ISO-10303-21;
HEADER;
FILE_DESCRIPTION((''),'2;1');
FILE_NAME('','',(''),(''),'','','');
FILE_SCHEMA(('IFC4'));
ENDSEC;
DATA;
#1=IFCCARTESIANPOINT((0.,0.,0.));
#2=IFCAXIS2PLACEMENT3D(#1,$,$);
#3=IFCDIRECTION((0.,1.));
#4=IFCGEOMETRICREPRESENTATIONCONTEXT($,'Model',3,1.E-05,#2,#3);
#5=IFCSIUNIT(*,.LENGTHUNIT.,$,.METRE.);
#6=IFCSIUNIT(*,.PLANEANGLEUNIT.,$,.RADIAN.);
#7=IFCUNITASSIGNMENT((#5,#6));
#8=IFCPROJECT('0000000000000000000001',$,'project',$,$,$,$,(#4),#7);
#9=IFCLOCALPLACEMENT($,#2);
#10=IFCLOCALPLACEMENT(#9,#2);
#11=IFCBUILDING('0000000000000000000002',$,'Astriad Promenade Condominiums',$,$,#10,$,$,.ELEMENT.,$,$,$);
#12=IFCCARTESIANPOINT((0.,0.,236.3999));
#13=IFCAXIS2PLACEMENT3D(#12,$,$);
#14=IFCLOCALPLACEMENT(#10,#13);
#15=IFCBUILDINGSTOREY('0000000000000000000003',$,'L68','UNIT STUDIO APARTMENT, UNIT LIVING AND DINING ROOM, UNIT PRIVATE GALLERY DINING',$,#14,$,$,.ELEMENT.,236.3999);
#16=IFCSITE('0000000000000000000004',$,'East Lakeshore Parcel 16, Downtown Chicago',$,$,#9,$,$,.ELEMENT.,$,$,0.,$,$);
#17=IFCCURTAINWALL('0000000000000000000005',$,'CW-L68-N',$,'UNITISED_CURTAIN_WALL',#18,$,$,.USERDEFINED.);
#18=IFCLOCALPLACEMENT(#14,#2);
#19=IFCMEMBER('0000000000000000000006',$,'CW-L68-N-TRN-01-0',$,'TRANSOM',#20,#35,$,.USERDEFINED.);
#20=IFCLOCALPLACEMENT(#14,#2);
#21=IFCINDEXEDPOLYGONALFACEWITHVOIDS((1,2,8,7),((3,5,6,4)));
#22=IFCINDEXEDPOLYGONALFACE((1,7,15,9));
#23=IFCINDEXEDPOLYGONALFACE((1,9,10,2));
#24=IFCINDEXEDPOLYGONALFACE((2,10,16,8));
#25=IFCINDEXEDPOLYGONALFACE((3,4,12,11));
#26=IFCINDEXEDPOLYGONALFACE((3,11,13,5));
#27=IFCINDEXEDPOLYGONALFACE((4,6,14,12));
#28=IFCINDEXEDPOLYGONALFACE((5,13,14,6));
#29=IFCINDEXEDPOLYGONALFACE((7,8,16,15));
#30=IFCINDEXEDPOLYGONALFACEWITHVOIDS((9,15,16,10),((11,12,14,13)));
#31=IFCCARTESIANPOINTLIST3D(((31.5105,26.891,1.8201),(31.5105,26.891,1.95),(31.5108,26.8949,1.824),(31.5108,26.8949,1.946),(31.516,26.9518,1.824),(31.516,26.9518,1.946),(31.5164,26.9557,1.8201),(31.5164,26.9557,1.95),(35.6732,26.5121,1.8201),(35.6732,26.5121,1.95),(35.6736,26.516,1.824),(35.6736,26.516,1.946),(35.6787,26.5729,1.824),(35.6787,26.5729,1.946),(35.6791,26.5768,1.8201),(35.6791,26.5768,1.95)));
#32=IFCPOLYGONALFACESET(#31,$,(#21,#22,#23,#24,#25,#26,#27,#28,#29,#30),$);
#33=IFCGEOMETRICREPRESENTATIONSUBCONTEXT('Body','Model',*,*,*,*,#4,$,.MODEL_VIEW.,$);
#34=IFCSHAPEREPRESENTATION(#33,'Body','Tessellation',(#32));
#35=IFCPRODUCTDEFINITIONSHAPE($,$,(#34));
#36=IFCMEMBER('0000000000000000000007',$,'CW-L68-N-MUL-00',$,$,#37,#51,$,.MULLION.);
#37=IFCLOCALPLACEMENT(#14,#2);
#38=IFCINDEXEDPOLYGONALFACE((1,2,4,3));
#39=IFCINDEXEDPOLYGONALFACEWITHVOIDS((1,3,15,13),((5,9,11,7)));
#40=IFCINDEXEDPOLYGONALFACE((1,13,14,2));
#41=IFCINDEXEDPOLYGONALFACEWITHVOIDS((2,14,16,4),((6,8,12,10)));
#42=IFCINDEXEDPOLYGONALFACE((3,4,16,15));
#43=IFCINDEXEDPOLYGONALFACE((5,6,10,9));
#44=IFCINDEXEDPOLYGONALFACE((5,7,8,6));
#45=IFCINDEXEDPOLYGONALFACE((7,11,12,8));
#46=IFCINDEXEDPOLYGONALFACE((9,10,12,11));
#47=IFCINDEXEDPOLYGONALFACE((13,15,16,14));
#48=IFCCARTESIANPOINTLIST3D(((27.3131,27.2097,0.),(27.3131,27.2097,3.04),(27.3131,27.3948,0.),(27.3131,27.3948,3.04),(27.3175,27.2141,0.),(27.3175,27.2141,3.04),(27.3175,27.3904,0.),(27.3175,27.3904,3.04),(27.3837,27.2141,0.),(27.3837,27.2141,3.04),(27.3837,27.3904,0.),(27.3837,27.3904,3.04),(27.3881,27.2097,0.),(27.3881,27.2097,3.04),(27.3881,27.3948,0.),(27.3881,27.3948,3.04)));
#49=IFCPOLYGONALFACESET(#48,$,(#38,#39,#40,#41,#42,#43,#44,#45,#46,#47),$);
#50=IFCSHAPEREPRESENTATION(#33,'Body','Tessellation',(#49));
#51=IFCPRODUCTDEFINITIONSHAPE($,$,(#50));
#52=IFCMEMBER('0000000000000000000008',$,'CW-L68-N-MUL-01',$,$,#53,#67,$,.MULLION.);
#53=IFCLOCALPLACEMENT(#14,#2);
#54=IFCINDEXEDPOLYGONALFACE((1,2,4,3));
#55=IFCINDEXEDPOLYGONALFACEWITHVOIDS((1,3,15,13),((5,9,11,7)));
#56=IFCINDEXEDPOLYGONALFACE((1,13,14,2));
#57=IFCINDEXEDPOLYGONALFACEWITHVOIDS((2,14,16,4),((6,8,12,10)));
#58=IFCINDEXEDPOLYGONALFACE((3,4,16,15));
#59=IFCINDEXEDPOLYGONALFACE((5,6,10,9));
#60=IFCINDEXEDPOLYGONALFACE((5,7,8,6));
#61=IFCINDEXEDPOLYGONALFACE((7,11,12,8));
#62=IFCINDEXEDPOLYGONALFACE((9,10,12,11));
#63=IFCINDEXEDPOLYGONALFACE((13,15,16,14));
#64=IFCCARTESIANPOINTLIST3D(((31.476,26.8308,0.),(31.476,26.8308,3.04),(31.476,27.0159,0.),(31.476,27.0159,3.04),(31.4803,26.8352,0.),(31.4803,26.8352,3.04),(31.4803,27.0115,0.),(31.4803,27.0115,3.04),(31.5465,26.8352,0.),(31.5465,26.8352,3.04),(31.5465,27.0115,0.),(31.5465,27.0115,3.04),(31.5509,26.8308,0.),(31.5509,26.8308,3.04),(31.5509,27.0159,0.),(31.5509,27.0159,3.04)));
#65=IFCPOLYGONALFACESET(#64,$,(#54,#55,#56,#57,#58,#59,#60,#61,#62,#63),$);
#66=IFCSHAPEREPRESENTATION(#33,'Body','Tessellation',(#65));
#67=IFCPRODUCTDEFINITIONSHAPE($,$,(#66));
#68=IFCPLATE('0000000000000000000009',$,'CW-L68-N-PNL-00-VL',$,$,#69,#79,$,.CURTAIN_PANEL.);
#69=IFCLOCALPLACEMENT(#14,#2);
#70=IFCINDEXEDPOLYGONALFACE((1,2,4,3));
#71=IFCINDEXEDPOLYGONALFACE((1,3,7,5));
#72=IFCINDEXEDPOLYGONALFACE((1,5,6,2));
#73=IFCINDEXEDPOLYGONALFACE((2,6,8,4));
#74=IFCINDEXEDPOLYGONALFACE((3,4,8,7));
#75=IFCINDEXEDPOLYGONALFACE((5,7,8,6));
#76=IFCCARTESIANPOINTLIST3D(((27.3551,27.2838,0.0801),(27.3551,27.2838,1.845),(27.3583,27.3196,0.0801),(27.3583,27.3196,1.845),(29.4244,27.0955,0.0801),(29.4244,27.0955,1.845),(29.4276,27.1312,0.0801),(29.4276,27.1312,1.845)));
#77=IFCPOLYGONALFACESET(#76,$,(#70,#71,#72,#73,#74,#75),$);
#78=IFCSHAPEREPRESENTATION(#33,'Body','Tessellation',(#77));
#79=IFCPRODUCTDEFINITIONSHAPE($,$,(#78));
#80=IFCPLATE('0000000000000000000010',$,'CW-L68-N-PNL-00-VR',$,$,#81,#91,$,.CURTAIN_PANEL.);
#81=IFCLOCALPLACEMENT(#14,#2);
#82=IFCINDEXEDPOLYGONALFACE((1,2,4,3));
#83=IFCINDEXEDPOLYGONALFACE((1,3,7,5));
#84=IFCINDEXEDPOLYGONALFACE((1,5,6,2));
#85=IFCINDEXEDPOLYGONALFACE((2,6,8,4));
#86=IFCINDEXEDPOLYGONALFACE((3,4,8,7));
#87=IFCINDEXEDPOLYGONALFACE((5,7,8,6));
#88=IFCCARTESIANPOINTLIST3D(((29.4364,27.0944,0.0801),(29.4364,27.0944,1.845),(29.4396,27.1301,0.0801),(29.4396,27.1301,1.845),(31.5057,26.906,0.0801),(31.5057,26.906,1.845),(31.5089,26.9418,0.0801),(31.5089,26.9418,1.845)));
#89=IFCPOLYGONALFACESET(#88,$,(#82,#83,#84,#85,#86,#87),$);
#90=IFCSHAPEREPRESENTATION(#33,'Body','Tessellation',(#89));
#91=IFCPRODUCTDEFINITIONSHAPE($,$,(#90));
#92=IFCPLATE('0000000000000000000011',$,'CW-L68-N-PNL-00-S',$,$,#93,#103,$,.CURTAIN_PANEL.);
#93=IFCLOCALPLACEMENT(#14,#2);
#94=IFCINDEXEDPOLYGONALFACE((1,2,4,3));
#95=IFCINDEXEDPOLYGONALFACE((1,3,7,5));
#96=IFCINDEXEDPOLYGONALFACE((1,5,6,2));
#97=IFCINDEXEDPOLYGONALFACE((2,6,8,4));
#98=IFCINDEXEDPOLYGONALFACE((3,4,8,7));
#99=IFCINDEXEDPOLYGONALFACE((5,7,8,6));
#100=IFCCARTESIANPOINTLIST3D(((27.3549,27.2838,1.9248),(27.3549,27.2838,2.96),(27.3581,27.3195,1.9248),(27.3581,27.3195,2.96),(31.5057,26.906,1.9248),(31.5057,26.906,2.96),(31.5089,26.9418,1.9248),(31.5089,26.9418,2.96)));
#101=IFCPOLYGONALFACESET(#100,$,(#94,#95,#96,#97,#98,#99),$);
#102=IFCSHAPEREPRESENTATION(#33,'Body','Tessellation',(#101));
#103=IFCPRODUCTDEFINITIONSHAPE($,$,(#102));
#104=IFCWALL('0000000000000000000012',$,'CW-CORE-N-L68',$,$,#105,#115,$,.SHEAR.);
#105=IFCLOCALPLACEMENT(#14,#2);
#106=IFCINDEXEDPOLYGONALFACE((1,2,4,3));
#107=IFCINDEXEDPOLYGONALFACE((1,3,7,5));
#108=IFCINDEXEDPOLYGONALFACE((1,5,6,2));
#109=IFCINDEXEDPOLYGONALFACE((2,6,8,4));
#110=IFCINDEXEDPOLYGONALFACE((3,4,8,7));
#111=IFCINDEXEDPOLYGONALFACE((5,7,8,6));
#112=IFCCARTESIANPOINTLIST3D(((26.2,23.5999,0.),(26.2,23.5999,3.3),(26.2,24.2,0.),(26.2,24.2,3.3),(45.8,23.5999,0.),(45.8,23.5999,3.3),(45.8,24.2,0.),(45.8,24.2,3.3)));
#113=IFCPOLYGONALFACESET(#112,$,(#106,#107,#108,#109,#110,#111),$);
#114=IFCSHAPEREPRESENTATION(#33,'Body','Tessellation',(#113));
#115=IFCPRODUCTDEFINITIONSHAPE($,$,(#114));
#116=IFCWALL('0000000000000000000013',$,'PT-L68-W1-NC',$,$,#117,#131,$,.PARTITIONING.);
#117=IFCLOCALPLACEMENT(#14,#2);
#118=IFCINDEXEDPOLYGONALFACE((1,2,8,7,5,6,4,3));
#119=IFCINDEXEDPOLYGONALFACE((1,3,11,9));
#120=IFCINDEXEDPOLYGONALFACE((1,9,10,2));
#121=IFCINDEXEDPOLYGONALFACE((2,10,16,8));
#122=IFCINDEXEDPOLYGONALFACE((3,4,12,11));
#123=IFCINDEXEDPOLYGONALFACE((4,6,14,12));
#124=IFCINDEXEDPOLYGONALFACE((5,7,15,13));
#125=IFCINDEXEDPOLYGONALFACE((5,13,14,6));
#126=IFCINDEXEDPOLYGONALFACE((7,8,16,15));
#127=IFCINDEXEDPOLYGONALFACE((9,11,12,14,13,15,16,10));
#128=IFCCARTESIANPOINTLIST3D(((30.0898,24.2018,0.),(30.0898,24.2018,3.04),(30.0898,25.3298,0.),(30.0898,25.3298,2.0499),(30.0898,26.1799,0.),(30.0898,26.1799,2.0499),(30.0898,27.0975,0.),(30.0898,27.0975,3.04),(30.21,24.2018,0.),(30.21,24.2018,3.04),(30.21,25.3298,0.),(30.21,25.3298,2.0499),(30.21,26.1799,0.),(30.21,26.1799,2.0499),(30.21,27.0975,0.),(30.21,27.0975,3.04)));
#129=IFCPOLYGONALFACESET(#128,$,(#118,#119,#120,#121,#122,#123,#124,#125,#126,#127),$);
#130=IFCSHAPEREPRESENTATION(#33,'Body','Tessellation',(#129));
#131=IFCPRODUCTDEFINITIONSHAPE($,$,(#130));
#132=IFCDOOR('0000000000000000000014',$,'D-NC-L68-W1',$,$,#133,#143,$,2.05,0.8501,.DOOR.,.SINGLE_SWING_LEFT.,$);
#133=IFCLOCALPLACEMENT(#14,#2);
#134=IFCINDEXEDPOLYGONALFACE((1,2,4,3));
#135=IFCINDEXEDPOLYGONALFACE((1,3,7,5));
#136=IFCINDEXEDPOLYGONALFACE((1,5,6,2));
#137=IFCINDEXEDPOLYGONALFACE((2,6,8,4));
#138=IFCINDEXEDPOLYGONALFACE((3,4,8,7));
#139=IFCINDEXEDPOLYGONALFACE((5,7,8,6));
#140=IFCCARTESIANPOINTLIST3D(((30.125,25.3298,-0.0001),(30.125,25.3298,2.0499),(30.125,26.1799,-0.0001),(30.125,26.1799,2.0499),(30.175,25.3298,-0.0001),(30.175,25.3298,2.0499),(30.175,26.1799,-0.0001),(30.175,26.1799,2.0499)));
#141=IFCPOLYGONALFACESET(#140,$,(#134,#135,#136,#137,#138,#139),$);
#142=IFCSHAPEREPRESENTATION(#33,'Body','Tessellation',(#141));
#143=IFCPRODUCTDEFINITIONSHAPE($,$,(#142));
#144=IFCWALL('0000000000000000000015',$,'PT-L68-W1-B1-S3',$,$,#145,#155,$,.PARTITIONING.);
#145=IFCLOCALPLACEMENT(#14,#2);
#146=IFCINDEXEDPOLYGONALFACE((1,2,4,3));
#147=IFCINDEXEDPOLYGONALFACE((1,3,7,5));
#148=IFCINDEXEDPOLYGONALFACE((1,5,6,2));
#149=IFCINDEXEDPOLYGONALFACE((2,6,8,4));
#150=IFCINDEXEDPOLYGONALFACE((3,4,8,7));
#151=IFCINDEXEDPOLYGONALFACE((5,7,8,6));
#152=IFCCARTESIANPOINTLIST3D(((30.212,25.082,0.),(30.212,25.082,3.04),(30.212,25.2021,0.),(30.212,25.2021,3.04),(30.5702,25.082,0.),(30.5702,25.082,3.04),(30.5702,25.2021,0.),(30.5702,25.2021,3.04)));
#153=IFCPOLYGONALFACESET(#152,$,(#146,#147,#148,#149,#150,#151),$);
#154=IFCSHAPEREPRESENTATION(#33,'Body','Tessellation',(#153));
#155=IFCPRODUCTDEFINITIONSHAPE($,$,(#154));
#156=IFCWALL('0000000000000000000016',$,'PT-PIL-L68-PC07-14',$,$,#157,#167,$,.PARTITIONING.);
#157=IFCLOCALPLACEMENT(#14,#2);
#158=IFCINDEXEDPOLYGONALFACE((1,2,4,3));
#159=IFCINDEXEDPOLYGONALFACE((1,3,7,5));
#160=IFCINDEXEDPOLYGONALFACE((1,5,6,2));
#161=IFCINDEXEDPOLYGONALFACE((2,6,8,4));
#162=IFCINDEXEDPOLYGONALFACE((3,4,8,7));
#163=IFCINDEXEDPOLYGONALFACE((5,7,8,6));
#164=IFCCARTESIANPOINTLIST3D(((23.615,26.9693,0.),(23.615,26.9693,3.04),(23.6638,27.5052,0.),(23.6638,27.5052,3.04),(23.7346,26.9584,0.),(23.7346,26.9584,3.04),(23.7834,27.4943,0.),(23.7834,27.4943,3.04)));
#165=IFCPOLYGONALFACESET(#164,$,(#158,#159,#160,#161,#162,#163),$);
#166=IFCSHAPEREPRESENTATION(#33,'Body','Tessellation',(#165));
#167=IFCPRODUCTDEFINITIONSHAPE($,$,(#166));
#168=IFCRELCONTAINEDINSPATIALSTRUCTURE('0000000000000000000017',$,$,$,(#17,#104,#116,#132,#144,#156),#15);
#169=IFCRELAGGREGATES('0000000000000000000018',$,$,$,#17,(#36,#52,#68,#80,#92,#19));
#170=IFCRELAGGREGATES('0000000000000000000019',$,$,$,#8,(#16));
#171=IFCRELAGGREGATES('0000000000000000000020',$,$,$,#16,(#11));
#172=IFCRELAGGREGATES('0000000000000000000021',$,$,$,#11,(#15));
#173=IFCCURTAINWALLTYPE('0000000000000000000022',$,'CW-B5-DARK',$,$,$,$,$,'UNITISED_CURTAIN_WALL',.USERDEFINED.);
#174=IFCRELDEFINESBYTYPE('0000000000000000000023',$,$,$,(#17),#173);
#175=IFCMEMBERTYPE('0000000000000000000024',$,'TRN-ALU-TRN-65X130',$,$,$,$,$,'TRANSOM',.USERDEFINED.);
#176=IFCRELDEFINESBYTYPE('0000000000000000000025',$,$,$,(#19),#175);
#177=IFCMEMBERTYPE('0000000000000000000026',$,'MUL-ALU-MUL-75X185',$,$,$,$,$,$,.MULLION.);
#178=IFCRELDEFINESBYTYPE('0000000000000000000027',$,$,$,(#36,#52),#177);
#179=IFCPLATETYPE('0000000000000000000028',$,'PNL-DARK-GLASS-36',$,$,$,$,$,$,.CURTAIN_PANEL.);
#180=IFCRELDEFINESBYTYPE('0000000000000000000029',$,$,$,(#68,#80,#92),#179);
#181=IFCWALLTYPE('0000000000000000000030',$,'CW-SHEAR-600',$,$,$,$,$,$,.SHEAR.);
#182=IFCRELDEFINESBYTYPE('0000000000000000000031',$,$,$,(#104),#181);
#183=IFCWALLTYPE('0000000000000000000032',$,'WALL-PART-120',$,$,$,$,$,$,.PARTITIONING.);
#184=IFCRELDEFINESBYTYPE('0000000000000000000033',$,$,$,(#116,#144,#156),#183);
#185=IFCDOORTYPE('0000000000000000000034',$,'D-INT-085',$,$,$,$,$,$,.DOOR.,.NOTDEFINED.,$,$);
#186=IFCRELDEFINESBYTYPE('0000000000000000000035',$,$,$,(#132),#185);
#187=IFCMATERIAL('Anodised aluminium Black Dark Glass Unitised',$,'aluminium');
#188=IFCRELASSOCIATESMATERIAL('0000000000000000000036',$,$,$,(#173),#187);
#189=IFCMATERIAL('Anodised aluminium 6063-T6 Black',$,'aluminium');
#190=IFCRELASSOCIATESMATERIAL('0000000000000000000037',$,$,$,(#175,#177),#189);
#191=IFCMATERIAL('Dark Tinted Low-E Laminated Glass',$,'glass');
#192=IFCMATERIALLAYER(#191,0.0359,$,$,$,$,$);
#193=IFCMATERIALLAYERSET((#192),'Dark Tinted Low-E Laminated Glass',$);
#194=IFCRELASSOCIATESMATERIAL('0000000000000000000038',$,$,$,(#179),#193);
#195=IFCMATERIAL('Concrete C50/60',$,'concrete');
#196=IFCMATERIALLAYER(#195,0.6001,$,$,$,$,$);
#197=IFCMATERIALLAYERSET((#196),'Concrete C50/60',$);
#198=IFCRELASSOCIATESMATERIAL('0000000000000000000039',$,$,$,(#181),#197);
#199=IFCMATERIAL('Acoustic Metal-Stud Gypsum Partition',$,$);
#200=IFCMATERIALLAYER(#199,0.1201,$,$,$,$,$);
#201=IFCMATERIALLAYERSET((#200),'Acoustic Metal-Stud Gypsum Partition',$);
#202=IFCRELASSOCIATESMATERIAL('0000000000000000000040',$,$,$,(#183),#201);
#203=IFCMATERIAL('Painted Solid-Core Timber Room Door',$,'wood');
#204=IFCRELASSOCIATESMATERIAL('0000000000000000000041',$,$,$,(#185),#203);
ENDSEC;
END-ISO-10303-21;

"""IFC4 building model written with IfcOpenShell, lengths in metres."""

from ifc_helpers import new_model, si_unit, direction, frame, frame_2d, origin, origin_2d, place, context, subcontext, project, spatial, rectangle, hollow_rectangle, extrude, source, transform, mapped, material, layer, layer_set, material_profile, profile_set, type_object, type_shapes, element, fill, aggregate, save


model = new_model("IFC4")

# Units and contexts
model_context = context("Model", 3, precision=1e-05, world=origin(), true_north=direction((0.0, 1.0)))
body_context = subcontext(model_context, "Body", "Model", "MODEL_VIEW")
ifc_project = project(units=[si_unit("LENGTHUNIT", "METRE"), si_unit("PLANEANGLEUNIT", "RADIAN")], contexts=[model_context])

# Site, building, storey
site_placement = place(None, origin())
site = spatial("IfcSite", under=ifc_project, at=site_placement, Name="East Lakeshore Parcel 16, Downtown Chicago", CompositionType="ELEMENT", RefElevation=0.0)
building_placement = place(site_placement, origin())
building = spatial("IfcBuilding", under=site, at=building_placement, Name="Astriad Promenade Condominiums", CompositionType="ELEMENT")
storey_placement = place(building_placement, frame((0.0, 0.0, 236.3999)))
storey = spatial("IfcBuildingStorey", under=building, at=storey_placement, Name="L68", Description="UNIT STUDIO APARTMENT, UNIT LIVING AND DINING ROOM, UNIT PRIVATE GALLERY DINING", CompositionType="ELEMENT", Elevation=236.3999)

# Shared definitions
ifc_material_1 = material(Name="Concrete C50/60", Category="concrete")

# Curtain wall, members, plates
ifc_material_2 = material(Name="Anodised aluminium Black Dark Glass Unitised", Category="aluminium")
curtain_wall_type = type_object("IfcCurtainWallType", Name="CW-B5-DARK", ElementType="UNITISED_CURTAIN_WALL", PredefinedType="USERDEFINED", material=ifc_material_2)
curtain_wall_placement = place(storey_placement, origin())
curtain_wall = element("IfcCurtainWall", 1, at=curtain_wall_placement, inside=storey, type_object=curtain_wall_type, Name="CW-L68-N", ObjectType="UNITISED_CURTAIN_WALL", PredefinedType="USERDEFINED")
ifc_material_3 = material(Name="Anodised aluminium 6063-T6 Black", Category="aluminium")
ifc_material_profile_1 = material_profile(ifc_material_3, hollow_rectangle(XDim=0.0649, YDim=0.1299, WallThickness=0.0039, at=origin_2d()), Name="ALU-TRN-65X130")
ifc_profile_set_1 = profile_set([ifc_material_profile_1], Name="Anodised aluminium 6063-T6 Black")
member_type_1 = type_object("IfcMemberType", Name="TRN-ALU-TRN-65X130", ElementType="TRANSOM", PredefinedType="USERDEFINED", material=ifc_profile_set_1)
shared_shape_1 = source(origin(), body_context, "Body", "SweptSolid", [
    extrude(hollow_rectangle(XDim=0.0649, YDim=0.1299, WallThickness=0.0039, at=origin_2d()), origin(), (0.0, 0.0, 1.0), 4.1799),
])
type_shapes(member_type_1, [shared_shape_1])
member_1_placement = place(storey_placement, frame((31.5134, 26.9233, 1.885), z_axis=(0.995883, -0.090646, 0.0), x_axis=(0.090646, 0.995883, 0.0)))
member_1 = element("IfcMember", 2, at=member_1_placement, type_object=member_type_1, Name="CW-L68-N-TRN-01-0", ObjectType="TRANSOM", PredefinedType="USERDEFINED", context=body_context, shape_type="MappedRepresentation", body=[
    mapped(shared_shape_1, transform((0.0, 0.0, 0.0), scale=1.0)),
])
ifc_material_profile_2 = material_profile(ifc_material_3, hollow_rectangle(XDim=0.075, YDim=0.1851, WallThickness=0.0044, at=origin_2d()), Name="ALU-MUL-75X185")
ifc_profile_set_2 = profile_set([ifc_material_profile_2], Name="Anodised aluminium 6063-T6 Black")
member_type_2 = type_object("IfcMemberType", Name="MUL-ALU-MUL-75X185", PredefinedType="MULLION", material=ifc_profile_set_2)
shared_shape_2 = source(origin(), body_context, "Body", "SweptSolid", [
    extrude(hollow_rectangle(XDim=0.075, YDim=0.1851, WallThickness=0.0044, at=origin_2d()), origin(), (0.0, 0.0, 1.0), 3.04),
])
type_shapes(member_type_2, [shared_shape_2])
member_2_placement = place(storey_placement, frame((27.3506, 27.3022, 0.0), z_axis=(0.0, 0.0, 1.0), x_axis=(1.0, 0.0, 0.0)))
member_2 = element("IfcMember", 3, at=member_2_placement, type_object=member_type_2, Name="CW-L68-N-MUL-00", PredefinedType="MULLION", context=body_context, shape_type="MappedRepresentation", body=[
    mapped(shared_shape_2, transform((0.0, 0.0, 0.0), scale=1.0)),
])
member_3_placement = place(storey_placement, frame((31.5134, 26.9233, 0.0), z_axis=(0.0, 0.0, 1.0), x_axis=(1.0, 0.0, 0.0)))
member_3 = element("IfcMember", 4, at=member_3_placement, type_object=member_type_2, Name="CW-L68-N-MUL-01", PredefinedType="MULLION", context=body_context, shape_type="MappedRepresentation", body=[
    mapped(shared_shape_2, transform((0.0, 0.0, 0.0), scale=1.0)),
])
ifc_material_4 = material(Name="Dark Tinted Low-E Laminated Glass", Category="glass")
ifc_layer_1 = layer(ifc_material_4, 0.0359)
ifc_layer_set_1 = layer_set([ifc_layer_1], Name="Dark Tinted Low-E Laminated Glass")
plate_type = type_object("IfcPlateType", Name="PNL-DARK-GLASS-36", PredefinedType="CURTAIN_PANEL", material=ifc_layer_set_1)
shared_shape_3 = source(origin(), body_context, "Body", "SweptSolid", [
    extrude(rectangle(XDim=2.0779, YDim=0.0359, at=origin_2d()), origin(), (0.0, 0.0, 1.0), 1.7649),
])
plate_1_placement = place(storey_placement, frame((28.3914, 27.2075, 0.0801), z_axis=(0.0, 0.0, 1.0), x_axis=(0.995884, -0.090633, 0.0)))
plate_1 = element("IfcPlate", 5, at=plate_1_placement, type_object=plate_type, Name="CW-L68-N-PNL-00-VL", PredefinedType="CURTAIN_PANEL", context=body_context, shape_type="MappedRepresentation", body=[
    mapped(shared_shape_3, transform((0.0, 0.0, 0.0), scale=1.0)),
])
plate_2_placement = place(storey_placement, frame((30.4727, 27.0181, 0.0801), z_axis=(0.0, 0.0, 1.0), x_axis=(0.995884, -0.090633, 0.0)))
plate_2 = element("IfcPlate", 6, at=plate_2_placement, type_object=plate_type, Name="CW-L68-N-PNL-00-VR", PredefinedType="CURTAIN_PANEL", context=body_context, shape_type="MappedRepresentation", body=[
    mapped(shared_shape_3, transform((0.0, 0.0, 0.0), scale=1.0)),
])
shared_shape_4 = source(origin(), body_context, "Body", "SweptSolid", [
    extrude(rectangle(XDim=4.168, YDim=0.0359, at=origin_2d()), origin(), (0.0, 0.0, 1.0), 1.0352),
])
type_shapes(plate_type, [shared_shape_3, shared_shape_4])
plate_3_placement = place(storey_placement, frame((29.4319, 27.1128, 1.9248), z_axis=(0.0, 0.0, 1.0), x_axis=(0.995884, -0.090633, 0.0)))
plate_3 = element("IfcPlate", 7, at=plate_3_placement, type_object=plate_type, Name="CW-L68-N-PNL-00-S", PredefinedType="CURTAIN_PANEL", context=body_context, shape_type="MappedRepresentation", body=[
    mapped(shared_shape_4, transform((0.0, 0.0, 0.0), scale=1.0)),
])
aggregate(curtain_wall, [member_2, member_3, plate_1, plate_2, plate_3, member_1])

# Wall
ifc_layer_2 = layer(ifc_material_1, 0.6001)
ifc_layer_set_2 = layer_set([ifc_layer_2], Name="Concrete C50/60")
wall_type_1 = type_object("IfcWallType", Name="CW-SHEAR-600", PredefinedType="SHEAR", material=ifc_layer_set_2)
wall_1_placement = place(storey_placement, frame((26.2, 23.8999, 0.0), z_axis=(0.0, 0.0, 1.0), x_axis=(1.0, 0.0, 0.0)))
element("IfcWall", 8, at=wall_1_placement, inside=storey, type_object=wall_type_1, Name="CW-CORE-N-L68", PredefinedType="SHEAR", context=body_context, shape_type="SweptSolid", body=[
    extrude(rectangle(XDim=19.6001, YDim=0.6001, at=frame_2d((9.8, 0.0))), origin(), (0.0, 0.0, 1.0), 3.3),
])

# Wall, opening, door
ifc_material_5 = material(Name="Acoustic Metal-Stud Gypsum Partition")
ifc_layer_3 = layer(ifc_material_5, 0.1201)
ifc_layer_set_3 = layer_set([ifc_layer_3], Name="Acoustic Metal-Stud Gypsum Partition")
wall_type_2 = type_object("IfcWallType", Name="WALL-PART-120", PredefinedType="PARTITIONING", material=ifc_layer_set_3)
wall_2_placement = place(storey_placement, frame((30.1499, 24.2019, 0.0), z_axis=(0.0, 0.0, 1.0), x_axis=(0.0, 1.0, 0.0)))
wall_2 = element("IfcWall", 9, at=wall_2_placement, inside=storey, type_object=wall_type_2, Name="PT-L68-W1-NC", PredefinedType="PARTITIONING", context=body_context, shape_type="SweptSolid", body=[
    extrude(rectangle(XDim=2.8958, YDim=0.1201, at=frame_2d((1.4478, 0.0))), origin(), (0.0, 0.0, 1.0), 3.04),
])
opening_placement = place(wall_2_placement, frame((1.1279, 0.0, 0.0)))
opening = element("IfcOpeningElement", 10, at=opening_placement, cuts=wall_2, PredefinedType="OPENING", context=body_context, shape_type="SweptSolid", body=[
    extrude(rectangle(XDim=0.8501, YDim=2.05, at=frame_2d((0.425, 1.0249))), frame((0.0, 0.0701, 0.0), z_axis=(0.0, -1.0, 0.0), x_axis=(1.0, 0.0, 0.0)), (0.0, 0.0, 1.0), 0.1401),
])
ifc_material_6 = material(Name="Painted Solid-Core Timber Room Door", Category="wood")
door_type = type_object("IfcDoorType", Name="D-INT-085", OperationType="NOTDEFINED", PredefinedType="DOOR", material=ifc_material_6)
shared_shape_5 = source(origin(), body_context, "Body", "SweptSolid", [
    extrude(rectangle(XDim=0.8501, YDim=2.05, at=frame_2d((0.425, 1.0249))), frame((0.0, 0.0249, 0.0), z_axis=(0.0, -1.0, 0.0), x_axis=(1.0, 0.0, 0.0)), (0.0, 0.0, 1.0), 0.05),
])
type_shapes(door_type, [shared_shape_5])
door_placement = place(opening_placement, origin())
door = element("IfcDoor", 11, at=door_placement, inside=storey, type_object=door_type, Name="D-NC-L68-W1", OperationType="SINGLE_SWING_LEFT", OverallHeight=2.05, OverallWidth=0.8501, PredefinedType="DOOR", context=body_context, shape_type="MappedRepresentation", body=[
    mapped(shared_shape_5, transform((0.0, 0.0, 0.0), scale=1.0)),
])
fill(opening, door)

# Walls
wall_3_placement = place(storey_placement, frame((30.2119, 25.1421, 0.0), z_axis=(0.0, 0.0, 1.0), x_axis=(1.0, 0.0, 0.0)))
element("IfcWall", 12, at=wall_3_placement, inside=storey, type_object=wall_type_2, Name="PT-L68-W1-B1-S3", PredefinedType="PARTITIONING", context=body_context, shape_type="SweptSolid", body=[
    extrude(rectangle(XDim=0.3582, YDim=0.1201, at=frame_2d((0.1792, 0.0))), origin(), (0.0, 0.0, 1.0), 3.04),
])
wall_4_placement = place(storey_placement, frame((23.6748, 26.9639, 0.0), z_axis=(0.0, 0.0, 1.0), x_axis=(0.09074, 0.995875, 0.0)))
element("IfcWall", 13, at=wall_4_placement, inside=storey, type_object=wall_type_2, Name="PT-PIL-L68-PC07-14", PredefinedType="PARTITIONING", context=body_context, shape_type="SweptSolid", body=[
    extrude(rectangle(XDim=0.5381, YDim=0.1201, at=frame_2d((0.269, 0.0))), origin(), (0.0, 0.0, 1.0), 3.04),
])

save(model, "model.ifc")
